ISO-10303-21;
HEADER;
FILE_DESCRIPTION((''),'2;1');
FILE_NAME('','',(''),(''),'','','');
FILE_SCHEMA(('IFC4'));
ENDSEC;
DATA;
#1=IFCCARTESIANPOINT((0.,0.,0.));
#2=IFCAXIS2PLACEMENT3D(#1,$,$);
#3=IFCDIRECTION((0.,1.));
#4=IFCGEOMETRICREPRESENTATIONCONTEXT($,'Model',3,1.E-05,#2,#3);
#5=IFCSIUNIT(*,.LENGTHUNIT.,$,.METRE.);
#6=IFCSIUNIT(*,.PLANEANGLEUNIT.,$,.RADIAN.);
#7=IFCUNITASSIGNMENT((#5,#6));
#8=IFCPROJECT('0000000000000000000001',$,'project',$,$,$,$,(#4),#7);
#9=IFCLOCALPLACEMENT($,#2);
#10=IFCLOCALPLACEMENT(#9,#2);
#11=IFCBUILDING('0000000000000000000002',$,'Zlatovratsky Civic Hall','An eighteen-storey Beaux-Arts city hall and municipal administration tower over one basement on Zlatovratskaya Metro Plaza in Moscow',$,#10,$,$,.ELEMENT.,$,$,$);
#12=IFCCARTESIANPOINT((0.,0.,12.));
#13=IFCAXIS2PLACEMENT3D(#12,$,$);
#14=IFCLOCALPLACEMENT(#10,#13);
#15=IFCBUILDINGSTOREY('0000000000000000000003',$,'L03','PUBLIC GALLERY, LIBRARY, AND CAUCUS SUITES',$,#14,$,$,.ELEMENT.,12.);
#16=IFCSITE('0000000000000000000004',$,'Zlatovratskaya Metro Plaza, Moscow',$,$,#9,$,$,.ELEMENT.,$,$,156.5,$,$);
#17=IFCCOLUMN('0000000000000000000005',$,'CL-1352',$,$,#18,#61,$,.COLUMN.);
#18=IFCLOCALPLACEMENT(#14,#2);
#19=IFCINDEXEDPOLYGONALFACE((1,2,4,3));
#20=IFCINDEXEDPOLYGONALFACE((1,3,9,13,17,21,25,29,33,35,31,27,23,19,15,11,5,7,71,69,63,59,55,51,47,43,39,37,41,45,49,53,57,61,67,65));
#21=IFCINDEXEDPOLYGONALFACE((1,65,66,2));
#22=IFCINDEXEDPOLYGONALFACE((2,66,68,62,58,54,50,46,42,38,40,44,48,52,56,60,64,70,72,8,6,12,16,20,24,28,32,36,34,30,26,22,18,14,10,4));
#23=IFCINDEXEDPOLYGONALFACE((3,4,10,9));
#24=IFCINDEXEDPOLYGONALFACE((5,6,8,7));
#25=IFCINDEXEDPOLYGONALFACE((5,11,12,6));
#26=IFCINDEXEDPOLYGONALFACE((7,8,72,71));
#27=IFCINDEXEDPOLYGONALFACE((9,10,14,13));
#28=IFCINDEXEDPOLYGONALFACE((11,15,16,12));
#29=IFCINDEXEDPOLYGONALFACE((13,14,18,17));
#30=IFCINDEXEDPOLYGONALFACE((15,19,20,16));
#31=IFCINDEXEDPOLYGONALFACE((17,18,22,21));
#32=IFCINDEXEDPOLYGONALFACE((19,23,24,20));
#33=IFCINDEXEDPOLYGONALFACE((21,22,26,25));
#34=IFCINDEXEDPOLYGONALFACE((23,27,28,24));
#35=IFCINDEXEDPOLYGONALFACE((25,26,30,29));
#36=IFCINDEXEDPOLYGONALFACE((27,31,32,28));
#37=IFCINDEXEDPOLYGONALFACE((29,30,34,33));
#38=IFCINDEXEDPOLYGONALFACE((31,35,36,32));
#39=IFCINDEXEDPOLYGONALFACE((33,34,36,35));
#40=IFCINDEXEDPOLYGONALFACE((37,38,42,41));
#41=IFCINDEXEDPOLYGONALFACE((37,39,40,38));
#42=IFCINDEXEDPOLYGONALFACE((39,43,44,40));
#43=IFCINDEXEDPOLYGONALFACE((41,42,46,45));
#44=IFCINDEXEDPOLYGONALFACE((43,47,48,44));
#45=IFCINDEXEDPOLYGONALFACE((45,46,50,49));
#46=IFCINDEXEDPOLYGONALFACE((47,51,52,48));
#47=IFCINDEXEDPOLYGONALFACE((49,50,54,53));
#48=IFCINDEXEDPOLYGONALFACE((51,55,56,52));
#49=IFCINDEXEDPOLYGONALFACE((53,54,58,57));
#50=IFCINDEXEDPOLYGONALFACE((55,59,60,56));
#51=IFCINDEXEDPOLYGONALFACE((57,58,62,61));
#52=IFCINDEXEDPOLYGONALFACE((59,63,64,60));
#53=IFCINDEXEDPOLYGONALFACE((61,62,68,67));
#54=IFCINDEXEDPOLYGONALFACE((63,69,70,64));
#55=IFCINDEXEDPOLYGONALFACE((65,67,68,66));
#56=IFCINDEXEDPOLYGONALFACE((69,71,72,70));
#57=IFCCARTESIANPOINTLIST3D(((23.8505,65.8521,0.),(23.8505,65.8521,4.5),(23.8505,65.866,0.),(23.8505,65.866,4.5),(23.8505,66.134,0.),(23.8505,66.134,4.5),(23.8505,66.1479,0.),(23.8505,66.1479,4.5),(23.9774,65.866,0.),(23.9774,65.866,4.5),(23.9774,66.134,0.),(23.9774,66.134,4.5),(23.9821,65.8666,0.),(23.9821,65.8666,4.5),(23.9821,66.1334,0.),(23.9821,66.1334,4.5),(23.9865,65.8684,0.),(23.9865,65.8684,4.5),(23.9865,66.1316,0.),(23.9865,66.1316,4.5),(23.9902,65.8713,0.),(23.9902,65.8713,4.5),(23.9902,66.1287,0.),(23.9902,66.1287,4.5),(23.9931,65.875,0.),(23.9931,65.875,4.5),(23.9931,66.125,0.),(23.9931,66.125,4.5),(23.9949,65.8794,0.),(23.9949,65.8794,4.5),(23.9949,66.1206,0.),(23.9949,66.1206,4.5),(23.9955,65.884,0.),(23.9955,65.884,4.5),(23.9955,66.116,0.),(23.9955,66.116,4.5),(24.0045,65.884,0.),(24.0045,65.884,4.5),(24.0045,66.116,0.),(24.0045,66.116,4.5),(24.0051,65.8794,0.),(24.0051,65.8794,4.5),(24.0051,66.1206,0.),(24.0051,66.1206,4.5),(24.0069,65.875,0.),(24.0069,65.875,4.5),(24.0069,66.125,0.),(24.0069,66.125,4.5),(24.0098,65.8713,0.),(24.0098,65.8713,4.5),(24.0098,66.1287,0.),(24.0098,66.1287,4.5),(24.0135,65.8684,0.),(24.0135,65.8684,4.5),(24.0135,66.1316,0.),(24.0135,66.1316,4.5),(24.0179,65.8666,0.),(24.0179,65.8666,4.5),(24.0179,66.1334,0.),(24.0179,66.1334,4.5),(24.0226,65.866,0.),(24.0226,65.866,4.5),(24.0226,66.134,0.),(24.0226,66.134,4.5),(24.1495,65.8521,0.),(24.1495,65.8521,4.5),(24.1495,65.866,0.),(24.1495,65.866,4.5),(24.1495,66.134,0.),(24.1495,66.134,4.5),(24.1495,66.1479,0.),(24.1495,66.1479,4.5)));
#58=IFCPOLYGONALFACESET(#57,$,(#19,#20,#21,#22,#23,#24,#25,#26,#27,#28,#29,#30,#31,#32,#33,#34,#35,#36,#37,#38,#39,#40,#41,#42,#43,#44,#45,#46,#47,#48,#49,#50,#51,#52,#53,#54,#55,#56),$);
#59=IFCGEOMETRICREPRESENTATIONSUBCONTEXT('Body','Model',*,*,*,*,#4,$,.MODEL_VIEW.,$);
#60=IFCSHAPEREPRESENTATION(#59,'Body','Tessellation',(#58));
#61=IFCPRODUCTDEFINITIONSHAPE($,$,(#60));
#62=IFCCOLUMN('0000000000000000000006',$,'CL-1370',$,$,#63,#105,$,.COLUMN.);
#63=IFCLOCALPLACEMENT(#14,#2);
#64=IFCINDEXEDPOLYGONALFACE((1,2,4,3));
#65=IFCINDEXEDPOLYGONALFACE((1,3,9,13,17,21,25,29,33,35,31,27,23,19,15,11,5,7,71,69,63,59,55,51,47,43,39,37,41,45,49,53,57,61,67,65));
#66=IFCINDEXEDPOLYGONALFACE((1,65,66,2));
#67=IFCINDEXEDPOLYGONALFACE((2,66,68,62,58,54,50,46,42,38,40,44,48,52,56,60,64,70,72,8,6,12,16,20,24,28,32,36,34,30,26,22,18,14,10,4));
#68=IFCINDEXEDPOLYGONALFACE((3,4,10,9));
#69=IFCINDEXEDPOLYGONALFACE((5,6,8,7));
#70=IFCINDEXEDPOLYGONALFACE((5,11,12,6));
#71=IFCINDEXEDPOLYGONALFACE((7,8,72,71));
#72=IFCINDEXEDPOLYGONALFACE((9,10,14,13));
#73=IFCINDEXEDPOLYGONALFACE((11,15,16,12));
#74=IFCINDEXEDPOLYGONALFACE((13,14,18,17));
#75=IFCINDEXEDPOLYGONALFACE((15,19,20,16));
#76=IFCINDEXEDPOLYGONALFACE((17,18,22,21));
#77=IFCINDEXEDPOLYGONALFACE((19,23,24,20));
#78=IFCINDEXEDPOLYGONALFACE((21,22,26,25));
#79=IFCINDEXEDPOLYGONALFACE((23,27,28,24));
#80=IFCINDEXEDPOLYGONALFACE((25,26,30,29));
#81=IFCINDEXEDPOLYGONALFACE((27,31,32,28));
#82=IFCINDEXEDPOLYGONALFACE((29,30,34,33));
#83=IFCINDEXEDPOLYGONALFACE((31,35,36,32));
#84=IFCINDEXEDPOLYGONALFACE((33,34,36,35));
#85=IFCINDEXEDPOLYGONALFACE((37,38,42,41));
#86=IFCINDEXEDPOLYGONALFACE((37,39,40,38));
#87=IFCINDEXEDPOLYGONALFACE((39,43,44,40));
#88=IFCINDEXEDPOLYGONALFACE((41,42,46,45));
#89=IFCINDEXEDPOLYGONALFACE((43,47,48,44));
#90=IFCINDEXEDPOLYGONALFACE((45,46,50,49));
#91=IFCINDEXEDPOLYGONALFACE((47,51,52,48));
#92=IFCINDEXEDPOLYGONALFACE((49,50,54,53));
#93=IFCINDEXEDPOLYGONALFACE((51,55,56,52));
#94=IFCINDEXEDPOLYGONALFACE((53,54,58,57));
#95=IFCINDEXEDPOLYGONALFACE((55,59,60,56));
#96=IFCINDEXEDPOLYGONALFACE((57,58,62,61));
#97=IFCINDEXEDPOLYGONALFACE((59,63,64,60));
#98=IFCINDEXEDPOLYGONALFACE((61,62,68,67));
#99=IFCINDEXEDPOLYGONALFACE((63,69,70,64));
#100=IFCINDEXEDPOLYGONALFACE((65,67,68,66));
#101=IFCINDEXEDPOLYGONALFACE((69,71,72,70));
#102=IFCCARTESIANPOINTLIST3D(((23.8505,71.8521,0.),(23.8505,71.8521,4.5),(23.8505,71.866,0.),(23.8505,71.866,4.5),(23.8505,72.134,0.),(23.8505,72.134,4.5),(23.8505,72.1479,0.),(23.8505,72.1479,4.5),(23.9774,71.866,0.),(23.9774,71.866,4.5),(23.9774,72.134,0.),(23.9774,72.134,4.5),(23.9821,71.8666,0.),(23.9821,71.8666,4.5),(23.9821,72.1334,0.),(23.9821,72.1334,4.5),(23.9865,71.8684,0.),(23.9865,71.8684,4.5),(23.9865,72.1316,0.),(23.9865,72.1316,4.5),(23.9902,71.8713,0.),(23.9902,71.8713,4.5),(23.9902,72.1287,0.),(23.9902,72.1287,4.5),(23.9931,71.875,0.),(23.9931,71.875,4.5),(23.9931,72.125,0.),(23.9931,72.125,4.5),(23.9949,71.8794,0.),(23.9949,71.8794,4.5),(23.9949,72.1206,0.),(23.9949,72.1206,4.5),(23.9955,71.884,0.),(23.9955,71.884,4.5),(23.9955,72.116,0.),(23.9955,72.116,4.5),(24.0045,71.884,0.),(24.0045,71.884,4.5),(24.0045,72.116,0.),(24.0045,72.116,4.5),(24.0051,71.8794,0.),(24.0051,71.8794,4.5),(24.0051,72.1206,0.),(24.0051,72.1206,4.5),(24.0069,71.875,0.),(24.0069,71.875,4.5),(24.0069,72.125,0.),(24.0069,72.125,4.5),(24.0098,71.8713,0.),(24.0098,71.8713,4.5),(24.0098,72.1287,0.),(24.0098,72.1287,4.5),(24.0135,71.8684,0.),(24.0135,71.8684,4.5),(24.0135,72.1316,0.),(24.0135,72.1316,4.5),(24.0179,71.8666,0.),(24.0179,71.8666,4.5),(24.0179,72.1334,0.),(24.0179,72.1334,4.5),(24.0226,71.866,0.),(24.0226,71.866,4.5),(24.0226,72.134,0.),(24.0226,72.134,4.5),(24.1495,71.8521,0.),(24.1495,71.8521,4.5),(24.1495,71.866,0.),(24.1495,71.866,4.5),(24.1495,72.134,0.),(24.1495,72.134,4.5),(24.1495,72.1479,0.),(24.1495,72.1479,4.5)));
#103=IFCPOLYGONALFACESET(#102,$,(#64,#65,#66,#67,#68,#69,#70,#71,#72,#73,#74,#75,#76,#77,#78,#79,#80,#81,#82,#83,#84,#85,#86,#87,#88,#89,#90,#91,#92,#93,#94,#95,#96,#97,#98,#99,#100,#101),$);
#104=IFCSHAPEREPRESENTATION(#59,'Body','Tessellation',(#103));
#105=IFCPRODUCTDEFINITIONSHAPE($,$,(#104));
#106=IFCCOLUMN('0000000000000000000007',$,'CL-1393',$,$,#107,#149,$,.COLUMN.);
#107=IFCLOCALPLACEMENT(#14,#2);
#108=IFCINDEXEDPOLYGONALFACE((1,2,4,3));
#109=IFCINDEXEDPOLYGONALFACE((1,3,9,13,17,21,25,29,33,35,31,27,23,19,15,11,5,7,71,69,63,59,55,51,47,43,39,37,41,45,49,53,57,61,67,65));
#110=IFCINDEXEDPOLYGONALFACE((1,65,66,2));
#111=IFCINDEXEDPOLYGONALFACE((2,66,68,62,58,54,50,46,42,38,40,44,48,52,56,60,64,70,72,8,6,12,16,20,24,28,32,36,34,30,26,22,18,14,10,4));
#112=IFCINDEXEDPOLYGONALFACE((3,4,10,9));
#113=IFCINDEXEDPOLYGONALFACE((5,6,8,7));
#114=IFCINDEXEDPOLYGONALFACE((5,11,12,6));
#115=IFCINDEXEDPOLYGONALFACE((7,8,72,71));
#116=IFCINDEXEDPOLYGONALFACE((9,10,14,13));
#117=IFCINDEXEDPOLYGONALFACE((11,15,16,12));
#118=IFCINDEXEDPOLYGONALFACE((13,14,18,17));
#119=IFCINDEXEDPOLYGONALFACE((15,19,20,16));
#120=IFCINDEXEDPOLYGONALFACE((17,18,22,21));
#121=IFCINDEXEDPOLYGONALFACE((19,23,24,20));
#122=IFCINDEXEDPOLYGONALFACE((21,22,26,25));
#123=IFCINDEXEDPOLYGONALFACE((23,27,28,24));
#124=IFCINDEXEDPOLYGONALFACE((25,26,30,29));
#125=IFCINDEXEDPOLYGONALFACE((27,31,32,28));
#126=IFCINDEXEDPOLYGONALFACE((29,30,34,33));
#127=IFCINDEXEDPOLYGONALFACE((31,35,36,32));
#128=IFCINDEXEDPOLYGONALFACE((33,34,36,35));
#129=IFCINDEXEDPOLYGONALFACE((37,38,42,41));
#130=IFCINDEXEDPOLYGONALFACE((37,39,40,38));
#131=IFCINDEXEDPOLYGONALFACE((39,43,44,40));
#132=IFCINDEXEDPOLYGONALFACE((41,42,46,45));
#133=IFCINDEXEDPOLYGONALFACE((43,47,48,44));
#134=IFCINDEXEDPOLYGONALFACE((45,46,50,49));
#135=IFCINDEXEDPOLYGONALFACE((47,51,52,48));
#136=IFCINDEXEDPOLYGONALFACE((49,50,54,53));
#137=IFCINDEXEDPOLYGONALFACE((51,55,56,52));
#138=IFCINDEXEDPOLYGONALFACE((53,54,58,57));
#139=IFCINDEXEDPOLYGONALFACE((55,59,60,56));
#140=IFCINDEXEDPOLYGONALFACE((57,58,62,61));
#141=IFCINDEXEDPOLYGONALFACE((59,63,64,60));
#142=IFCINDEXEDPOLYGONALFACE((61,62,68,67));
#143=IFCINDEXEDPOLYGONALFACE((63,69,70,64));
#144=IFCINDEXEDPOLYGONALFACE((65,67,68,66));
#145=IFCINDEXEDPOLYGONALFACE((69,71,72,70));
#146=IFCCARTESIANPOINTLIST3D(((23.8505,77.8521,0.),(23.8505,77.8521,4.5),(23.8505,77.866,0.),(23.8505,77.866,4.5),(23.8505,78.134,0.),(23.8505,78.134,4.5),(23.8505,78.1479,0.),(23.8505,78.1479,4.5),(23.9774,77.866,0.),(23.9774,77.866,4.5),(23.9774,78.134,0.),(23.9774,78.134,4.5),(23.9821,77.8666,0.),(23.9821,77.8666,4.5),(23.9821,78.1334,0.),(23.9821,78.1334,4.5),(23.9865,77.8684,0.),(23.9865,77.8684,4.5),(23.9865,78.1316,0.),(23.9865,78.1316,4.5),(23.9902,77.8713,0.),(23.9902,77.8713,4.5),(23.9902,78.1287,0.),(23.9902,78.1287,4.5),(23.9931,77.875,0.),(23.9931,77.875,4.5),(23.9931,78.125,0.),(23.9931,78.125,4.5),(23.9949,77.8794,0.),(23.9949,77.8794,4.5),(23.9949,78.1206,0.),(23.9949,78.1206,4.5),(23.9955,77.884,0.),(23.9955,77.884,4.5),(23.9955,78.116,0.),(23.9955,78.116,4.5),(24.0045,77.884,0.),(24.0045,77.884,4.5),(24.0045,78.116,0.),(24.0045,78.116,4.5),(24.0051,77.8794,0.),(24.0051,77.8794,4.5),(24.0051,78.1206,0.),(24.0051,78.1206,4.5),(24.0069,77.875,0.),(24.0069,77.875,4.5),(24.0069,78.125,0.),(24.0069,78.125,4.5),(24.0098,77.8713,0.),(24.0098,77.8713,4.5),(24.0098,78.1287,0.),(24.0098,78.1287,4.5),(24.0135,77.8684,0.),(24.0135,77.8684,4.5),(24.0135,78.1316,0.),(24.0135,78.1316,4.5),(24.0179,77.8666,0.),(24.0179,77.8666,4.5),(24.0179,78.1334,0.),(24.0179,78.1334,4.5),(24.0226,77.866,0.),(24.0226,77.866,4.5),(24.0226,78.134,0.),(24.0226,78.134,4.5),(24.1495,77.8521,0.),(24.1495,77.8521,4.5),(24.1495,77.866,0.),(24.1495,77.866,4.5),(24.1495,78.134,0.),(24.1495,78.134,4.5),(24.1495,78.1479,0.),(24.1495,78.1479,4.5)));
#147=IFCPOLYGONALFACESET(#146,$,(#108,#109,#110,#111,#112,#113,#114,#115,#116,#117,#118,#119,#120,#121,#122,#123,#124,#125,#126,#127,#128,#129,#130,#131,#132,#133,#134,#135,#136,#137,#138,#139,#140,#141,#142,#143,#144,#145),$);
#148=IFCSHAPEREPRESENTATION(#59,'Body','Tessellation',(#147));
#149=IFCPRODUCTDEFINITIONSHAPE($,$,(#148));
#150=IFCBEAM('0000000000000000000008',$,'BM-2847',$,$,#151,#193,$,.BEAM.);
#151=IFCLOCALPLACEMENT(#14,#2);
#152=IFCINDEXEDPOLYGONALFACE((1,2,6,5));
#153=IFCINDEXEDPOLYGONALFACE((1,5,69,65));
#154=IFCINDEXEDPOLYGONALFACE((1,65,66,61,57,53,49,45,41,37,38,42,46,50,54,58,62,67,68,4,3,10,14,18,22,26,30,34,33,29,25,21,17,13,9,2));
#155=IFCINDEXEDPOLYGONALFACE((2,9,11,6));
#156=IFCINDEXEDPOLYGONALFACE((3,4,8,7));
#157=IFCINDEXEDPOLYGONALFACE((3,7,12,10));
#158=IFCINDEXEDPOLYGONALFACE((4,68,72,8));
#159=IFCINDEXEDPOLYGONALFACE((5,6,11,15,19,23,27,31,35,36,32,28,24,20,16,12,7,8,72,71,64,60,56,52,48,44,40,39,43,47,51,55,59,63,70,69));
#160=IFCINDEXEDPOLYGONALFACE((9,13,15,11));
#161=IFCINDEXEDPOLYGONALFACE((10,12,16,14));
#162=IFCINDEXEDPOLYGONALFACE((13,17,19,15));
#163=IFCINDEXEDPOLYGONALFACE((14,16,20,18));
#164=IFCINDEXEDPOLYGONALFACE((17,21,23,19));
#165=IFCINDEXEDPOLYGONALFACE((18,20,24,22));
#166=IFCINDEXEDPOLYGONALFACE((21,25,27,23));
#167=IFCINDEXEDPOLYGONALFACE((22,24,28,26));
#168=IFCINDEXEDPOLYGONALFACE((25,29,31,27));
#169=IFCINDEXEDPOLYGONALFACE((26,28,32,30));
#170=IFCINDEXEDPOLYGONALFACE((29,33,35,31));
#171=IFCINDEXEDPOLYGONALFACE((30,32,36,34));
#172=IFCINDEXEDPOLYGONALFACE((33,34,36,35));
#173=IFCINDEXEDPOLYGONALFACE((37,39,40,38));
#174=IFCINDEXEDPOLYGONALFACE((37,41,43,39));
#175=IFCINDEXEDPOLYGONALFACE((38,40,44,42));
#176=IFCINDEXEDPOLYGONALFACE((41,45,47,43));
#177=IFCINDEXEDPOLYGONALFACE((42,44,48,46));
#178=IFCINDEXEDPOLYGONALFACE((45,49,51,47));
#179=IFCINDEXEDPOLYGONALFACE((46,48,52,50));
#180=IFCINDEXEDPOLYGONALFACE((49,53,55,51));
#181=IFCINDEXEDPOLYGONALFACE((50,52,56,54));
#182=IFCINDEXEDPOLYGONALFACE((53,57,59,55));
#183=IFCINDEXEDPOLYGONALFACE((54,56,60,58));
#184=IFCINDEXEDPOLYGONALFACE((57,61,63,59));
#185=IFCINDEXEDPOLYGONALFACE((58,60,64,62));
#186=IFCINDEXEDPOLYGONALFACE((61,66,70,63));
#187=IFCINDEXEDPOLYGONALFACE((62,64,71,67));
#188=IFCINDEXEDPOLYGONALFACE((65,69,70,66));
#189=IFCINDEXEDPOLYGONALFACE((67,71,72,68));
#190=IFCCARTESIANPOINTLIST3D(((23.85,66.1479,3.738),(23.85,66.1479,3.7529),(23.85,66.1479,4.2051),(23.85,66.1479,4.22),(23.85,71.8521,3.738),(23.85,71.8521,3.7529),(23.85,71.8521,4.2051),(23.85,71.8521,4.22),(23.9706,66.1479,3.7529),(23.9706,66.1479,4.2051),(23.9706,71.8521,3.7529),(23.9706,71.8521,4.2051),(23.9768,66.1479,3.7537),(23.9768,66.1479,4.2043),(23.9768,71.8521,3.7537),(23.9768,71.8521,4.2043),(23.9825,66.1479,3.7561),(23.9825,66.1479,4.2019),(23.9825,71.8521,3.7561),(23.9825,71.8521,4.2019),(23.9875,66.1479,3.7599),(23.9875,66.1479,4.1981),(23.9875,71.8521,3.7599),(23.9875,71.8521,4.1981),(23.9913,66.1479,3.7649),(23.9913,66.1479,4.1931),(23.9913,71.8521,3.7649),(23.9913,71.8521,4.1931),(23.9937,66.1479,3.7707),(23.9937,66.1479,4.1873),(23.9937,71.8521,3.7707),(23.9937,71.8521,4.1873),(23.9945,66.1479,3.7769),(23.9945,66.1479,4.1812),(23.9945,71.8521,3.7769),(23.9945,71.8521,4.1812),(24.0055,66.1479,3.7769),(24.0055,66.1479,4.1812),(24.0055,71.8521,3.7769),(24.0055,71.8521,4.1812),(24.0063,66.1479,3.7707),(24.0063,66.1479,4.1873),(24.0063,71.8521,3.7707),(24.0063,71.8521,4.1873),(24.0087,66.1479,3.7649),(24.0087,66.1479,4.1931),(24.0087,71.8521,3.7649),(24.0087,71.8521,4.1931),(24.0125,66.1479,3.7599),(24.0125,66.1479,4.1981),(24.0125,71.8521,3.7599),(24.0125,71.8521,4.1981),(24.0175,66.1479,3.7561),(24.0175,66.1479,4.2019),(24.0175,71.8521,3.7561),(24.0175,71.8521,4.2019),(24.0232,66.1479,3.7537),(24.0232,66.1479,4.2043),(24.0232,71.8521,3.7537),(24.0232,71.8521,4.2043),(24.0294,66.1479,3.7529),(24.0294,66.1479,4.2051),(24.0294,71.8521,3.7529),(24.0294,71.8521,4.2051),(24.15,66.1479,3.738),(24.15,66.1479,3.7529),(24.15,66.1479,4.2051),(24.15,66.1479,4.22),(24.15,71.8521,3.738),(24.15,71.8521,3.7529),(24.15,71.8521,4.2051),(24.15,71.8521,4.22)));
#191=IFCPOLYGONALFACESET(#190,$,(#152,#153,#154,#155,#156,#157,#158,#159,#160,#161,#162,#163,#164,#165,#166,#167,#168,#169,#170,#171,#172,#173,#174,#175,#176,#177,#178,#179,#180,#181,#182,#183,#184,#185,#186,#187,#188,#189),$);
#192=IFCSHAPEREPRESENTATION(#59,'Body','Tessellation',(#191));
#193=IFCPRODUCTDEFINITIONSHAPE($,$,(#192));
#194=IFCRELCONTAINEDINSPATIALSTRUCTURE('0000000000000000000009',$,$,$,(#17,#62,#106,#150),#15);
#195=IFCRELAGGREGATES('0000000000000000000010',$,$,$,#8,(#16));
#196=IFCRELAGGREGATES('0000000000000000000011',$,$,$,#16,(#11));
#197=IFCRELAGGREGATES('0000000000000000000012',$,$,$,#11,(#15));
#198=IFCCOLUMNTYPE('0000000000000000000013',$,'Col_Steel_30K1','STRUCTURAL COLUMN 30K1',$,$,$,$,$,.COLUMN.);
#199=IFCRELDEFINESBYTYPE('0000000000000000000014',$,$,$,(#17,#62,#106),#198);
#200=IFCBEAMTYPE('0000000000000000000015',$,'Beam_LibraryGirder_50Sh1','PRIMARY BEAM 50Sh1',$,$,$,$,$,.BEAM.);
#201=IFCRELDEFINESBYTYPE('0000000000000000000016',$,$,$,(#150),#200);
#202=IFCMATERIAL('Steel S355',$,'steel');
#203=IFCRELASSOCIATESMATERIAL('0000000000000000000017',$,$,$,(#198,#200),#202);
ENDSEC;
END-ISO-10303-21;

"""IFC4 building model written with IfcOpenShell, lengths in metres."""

from ifc_helpers import new_model, si_unit, direction, frame, origin, origin_2d, place, context, subcontext, project, spatial, i_section, extrude, material, material_profile, profile_set, type_object, element, save


model = new_model("IFC4")

# Units and contexts
model_context = context("Model", 3, precision=1e-05, world=origin(), true_north=direction((0.0, 1.0)))
body_context = subcontext(model_context, "Body", "Model", "MODEL_VIEW")
ifc_project = project(units=[si_unit("LENGTHUNIT", "METRE"), si_unit("PLANEANGLEUNIT", "RADIAN")], contexts=[model_context])

# Site, building, storey
site_placement = place(None, origin())
site = spatial("IfcSite", under=ifc_project, at=site_placement, Name="Zlatovratskaya Metro Plaza, Moscow", CompositionType="ELEMENT", RefElevation=156.5)
building_placement = place(site_placement, origin())
building = spatial("IfcBuilding", under=site, at=building_placement, Name="Zlatovratsky Civic Hall", Description="An eighteen-storey Beaux-Arts city hall and municipal administration tower over one basement on Zlatovratskaya Metro Plaza in Moscow", CompositionType="ELEMENT")
storey_placement = place(building_placement, frame((0.0, 0.0, 12.0)))
storey = spatial("IfcBuildingStorey", under=building, at=storey_placement, Name="L03", Description="PUBLIC GALLERY, LIBRARY, AND CAUCUS SUITES", CompositionType="ELEMENT", Elevation=12.0)

# Columns
ifc_material_1 = material(Name="Steel S355", Category="steel")
ifc_material_profile_1 = material_profile(ifc_material_1, i_section(OverallWidth=0.2991, OverallDepth=0.2959, WebThickness=0.009, FlangeThickness=0.0139, FilletRadius=0.0181, at=origin_2d()), Name="30K1")
ifc_profile_set_1 = profile_set([ifc_material_profile_1], Name="Steel S355")
column_type = type_object("IfcColumnType", Name="Col_Steel_30K1", Description="STRUCTURAL COLUMN 30K1", PredefinedType="COLUMN", material=ifc_profile_set_1)
for number, where, z_axis, x_axis, name in (
    (1, (24.0, 66.0, 0.0), (0.0, 0.0, 1.0), (1.0, 0.0, 0.0), "CL-1352"),
    (2, (24.0, 72.0, 0.0), (0.0, 0.0, 1.0), (1.0, 0.0, 0.0), "CL-1370"),
    (3, (24.0, 78.0, 0.0), (0.0, 0.0, 1.0), (1.0, 0.0, 0.0), "CL-1393"),
):
    element("IfcColumn", number, at=place(storey_placement, frame(where, z_axis=z_axis, x_axis=x_axis)), inside=storey, type_object=column_type, Name=name, PredefinedType="COLUMN", context=body_context, shape_type="SweptSolid", body=[
        extrude(i_section(OverallWidth=0.2991, OverallDepth=0.2959, WebThickness=0.009, FlangeThickness=0.0139, FilletRadius=0.0181, at=origin_2d()), origin(), (0.0, 0.0, 1.0), 4.5),
    ])

# Beam
ifc_material_profile_2 = material_profile(ifc_material_1, i_section(OverallWidth=0.3, OverallDepth=0.4819, WebThickness=0.011, FlangeThickness=0.0149, FilletRadius=0.0239, at=origin_2d()), Name="50Sh1")
ifc_profile_set_2 = profile_set([ifc_material_profile_2], Name="Steel S355")
beam_type_1 = type_object("IfcBeamType", Name="Beam_LibraryGirder_50Sh1", Description="PRIMARY BEAM 50Sh1", PredefinedType="BEAM", material=ifc_profile_set_2)
for number, where, z_axis, x_axis, name in (
    (4, (24.0, 66.1479, 3.979), (0.0, 1.0, 0.0), (-1.0, 0.0, 0.0), "BM-2847"),
):
    element("IfcBeam", number, at=place(storey_placement, frame(where, z_axis=z_axis, x_axis=x_axis)), inside=storey, type_object=beam_type_1, Name=name, PredefinedType="BEAM", context=body_context, shape_type="SweptSolid", body=[
        extrude(i_section(OverallWidth=0.3, OverallDepth=0.4819, WebThickness=0.011, FlangeThickness=0.0149, FilletRadius=0.0239, at=origin_2d()), origin(), (0.0, 0.0, 1.0), 5.7041),
    ])

save(model, "model.ifc")
